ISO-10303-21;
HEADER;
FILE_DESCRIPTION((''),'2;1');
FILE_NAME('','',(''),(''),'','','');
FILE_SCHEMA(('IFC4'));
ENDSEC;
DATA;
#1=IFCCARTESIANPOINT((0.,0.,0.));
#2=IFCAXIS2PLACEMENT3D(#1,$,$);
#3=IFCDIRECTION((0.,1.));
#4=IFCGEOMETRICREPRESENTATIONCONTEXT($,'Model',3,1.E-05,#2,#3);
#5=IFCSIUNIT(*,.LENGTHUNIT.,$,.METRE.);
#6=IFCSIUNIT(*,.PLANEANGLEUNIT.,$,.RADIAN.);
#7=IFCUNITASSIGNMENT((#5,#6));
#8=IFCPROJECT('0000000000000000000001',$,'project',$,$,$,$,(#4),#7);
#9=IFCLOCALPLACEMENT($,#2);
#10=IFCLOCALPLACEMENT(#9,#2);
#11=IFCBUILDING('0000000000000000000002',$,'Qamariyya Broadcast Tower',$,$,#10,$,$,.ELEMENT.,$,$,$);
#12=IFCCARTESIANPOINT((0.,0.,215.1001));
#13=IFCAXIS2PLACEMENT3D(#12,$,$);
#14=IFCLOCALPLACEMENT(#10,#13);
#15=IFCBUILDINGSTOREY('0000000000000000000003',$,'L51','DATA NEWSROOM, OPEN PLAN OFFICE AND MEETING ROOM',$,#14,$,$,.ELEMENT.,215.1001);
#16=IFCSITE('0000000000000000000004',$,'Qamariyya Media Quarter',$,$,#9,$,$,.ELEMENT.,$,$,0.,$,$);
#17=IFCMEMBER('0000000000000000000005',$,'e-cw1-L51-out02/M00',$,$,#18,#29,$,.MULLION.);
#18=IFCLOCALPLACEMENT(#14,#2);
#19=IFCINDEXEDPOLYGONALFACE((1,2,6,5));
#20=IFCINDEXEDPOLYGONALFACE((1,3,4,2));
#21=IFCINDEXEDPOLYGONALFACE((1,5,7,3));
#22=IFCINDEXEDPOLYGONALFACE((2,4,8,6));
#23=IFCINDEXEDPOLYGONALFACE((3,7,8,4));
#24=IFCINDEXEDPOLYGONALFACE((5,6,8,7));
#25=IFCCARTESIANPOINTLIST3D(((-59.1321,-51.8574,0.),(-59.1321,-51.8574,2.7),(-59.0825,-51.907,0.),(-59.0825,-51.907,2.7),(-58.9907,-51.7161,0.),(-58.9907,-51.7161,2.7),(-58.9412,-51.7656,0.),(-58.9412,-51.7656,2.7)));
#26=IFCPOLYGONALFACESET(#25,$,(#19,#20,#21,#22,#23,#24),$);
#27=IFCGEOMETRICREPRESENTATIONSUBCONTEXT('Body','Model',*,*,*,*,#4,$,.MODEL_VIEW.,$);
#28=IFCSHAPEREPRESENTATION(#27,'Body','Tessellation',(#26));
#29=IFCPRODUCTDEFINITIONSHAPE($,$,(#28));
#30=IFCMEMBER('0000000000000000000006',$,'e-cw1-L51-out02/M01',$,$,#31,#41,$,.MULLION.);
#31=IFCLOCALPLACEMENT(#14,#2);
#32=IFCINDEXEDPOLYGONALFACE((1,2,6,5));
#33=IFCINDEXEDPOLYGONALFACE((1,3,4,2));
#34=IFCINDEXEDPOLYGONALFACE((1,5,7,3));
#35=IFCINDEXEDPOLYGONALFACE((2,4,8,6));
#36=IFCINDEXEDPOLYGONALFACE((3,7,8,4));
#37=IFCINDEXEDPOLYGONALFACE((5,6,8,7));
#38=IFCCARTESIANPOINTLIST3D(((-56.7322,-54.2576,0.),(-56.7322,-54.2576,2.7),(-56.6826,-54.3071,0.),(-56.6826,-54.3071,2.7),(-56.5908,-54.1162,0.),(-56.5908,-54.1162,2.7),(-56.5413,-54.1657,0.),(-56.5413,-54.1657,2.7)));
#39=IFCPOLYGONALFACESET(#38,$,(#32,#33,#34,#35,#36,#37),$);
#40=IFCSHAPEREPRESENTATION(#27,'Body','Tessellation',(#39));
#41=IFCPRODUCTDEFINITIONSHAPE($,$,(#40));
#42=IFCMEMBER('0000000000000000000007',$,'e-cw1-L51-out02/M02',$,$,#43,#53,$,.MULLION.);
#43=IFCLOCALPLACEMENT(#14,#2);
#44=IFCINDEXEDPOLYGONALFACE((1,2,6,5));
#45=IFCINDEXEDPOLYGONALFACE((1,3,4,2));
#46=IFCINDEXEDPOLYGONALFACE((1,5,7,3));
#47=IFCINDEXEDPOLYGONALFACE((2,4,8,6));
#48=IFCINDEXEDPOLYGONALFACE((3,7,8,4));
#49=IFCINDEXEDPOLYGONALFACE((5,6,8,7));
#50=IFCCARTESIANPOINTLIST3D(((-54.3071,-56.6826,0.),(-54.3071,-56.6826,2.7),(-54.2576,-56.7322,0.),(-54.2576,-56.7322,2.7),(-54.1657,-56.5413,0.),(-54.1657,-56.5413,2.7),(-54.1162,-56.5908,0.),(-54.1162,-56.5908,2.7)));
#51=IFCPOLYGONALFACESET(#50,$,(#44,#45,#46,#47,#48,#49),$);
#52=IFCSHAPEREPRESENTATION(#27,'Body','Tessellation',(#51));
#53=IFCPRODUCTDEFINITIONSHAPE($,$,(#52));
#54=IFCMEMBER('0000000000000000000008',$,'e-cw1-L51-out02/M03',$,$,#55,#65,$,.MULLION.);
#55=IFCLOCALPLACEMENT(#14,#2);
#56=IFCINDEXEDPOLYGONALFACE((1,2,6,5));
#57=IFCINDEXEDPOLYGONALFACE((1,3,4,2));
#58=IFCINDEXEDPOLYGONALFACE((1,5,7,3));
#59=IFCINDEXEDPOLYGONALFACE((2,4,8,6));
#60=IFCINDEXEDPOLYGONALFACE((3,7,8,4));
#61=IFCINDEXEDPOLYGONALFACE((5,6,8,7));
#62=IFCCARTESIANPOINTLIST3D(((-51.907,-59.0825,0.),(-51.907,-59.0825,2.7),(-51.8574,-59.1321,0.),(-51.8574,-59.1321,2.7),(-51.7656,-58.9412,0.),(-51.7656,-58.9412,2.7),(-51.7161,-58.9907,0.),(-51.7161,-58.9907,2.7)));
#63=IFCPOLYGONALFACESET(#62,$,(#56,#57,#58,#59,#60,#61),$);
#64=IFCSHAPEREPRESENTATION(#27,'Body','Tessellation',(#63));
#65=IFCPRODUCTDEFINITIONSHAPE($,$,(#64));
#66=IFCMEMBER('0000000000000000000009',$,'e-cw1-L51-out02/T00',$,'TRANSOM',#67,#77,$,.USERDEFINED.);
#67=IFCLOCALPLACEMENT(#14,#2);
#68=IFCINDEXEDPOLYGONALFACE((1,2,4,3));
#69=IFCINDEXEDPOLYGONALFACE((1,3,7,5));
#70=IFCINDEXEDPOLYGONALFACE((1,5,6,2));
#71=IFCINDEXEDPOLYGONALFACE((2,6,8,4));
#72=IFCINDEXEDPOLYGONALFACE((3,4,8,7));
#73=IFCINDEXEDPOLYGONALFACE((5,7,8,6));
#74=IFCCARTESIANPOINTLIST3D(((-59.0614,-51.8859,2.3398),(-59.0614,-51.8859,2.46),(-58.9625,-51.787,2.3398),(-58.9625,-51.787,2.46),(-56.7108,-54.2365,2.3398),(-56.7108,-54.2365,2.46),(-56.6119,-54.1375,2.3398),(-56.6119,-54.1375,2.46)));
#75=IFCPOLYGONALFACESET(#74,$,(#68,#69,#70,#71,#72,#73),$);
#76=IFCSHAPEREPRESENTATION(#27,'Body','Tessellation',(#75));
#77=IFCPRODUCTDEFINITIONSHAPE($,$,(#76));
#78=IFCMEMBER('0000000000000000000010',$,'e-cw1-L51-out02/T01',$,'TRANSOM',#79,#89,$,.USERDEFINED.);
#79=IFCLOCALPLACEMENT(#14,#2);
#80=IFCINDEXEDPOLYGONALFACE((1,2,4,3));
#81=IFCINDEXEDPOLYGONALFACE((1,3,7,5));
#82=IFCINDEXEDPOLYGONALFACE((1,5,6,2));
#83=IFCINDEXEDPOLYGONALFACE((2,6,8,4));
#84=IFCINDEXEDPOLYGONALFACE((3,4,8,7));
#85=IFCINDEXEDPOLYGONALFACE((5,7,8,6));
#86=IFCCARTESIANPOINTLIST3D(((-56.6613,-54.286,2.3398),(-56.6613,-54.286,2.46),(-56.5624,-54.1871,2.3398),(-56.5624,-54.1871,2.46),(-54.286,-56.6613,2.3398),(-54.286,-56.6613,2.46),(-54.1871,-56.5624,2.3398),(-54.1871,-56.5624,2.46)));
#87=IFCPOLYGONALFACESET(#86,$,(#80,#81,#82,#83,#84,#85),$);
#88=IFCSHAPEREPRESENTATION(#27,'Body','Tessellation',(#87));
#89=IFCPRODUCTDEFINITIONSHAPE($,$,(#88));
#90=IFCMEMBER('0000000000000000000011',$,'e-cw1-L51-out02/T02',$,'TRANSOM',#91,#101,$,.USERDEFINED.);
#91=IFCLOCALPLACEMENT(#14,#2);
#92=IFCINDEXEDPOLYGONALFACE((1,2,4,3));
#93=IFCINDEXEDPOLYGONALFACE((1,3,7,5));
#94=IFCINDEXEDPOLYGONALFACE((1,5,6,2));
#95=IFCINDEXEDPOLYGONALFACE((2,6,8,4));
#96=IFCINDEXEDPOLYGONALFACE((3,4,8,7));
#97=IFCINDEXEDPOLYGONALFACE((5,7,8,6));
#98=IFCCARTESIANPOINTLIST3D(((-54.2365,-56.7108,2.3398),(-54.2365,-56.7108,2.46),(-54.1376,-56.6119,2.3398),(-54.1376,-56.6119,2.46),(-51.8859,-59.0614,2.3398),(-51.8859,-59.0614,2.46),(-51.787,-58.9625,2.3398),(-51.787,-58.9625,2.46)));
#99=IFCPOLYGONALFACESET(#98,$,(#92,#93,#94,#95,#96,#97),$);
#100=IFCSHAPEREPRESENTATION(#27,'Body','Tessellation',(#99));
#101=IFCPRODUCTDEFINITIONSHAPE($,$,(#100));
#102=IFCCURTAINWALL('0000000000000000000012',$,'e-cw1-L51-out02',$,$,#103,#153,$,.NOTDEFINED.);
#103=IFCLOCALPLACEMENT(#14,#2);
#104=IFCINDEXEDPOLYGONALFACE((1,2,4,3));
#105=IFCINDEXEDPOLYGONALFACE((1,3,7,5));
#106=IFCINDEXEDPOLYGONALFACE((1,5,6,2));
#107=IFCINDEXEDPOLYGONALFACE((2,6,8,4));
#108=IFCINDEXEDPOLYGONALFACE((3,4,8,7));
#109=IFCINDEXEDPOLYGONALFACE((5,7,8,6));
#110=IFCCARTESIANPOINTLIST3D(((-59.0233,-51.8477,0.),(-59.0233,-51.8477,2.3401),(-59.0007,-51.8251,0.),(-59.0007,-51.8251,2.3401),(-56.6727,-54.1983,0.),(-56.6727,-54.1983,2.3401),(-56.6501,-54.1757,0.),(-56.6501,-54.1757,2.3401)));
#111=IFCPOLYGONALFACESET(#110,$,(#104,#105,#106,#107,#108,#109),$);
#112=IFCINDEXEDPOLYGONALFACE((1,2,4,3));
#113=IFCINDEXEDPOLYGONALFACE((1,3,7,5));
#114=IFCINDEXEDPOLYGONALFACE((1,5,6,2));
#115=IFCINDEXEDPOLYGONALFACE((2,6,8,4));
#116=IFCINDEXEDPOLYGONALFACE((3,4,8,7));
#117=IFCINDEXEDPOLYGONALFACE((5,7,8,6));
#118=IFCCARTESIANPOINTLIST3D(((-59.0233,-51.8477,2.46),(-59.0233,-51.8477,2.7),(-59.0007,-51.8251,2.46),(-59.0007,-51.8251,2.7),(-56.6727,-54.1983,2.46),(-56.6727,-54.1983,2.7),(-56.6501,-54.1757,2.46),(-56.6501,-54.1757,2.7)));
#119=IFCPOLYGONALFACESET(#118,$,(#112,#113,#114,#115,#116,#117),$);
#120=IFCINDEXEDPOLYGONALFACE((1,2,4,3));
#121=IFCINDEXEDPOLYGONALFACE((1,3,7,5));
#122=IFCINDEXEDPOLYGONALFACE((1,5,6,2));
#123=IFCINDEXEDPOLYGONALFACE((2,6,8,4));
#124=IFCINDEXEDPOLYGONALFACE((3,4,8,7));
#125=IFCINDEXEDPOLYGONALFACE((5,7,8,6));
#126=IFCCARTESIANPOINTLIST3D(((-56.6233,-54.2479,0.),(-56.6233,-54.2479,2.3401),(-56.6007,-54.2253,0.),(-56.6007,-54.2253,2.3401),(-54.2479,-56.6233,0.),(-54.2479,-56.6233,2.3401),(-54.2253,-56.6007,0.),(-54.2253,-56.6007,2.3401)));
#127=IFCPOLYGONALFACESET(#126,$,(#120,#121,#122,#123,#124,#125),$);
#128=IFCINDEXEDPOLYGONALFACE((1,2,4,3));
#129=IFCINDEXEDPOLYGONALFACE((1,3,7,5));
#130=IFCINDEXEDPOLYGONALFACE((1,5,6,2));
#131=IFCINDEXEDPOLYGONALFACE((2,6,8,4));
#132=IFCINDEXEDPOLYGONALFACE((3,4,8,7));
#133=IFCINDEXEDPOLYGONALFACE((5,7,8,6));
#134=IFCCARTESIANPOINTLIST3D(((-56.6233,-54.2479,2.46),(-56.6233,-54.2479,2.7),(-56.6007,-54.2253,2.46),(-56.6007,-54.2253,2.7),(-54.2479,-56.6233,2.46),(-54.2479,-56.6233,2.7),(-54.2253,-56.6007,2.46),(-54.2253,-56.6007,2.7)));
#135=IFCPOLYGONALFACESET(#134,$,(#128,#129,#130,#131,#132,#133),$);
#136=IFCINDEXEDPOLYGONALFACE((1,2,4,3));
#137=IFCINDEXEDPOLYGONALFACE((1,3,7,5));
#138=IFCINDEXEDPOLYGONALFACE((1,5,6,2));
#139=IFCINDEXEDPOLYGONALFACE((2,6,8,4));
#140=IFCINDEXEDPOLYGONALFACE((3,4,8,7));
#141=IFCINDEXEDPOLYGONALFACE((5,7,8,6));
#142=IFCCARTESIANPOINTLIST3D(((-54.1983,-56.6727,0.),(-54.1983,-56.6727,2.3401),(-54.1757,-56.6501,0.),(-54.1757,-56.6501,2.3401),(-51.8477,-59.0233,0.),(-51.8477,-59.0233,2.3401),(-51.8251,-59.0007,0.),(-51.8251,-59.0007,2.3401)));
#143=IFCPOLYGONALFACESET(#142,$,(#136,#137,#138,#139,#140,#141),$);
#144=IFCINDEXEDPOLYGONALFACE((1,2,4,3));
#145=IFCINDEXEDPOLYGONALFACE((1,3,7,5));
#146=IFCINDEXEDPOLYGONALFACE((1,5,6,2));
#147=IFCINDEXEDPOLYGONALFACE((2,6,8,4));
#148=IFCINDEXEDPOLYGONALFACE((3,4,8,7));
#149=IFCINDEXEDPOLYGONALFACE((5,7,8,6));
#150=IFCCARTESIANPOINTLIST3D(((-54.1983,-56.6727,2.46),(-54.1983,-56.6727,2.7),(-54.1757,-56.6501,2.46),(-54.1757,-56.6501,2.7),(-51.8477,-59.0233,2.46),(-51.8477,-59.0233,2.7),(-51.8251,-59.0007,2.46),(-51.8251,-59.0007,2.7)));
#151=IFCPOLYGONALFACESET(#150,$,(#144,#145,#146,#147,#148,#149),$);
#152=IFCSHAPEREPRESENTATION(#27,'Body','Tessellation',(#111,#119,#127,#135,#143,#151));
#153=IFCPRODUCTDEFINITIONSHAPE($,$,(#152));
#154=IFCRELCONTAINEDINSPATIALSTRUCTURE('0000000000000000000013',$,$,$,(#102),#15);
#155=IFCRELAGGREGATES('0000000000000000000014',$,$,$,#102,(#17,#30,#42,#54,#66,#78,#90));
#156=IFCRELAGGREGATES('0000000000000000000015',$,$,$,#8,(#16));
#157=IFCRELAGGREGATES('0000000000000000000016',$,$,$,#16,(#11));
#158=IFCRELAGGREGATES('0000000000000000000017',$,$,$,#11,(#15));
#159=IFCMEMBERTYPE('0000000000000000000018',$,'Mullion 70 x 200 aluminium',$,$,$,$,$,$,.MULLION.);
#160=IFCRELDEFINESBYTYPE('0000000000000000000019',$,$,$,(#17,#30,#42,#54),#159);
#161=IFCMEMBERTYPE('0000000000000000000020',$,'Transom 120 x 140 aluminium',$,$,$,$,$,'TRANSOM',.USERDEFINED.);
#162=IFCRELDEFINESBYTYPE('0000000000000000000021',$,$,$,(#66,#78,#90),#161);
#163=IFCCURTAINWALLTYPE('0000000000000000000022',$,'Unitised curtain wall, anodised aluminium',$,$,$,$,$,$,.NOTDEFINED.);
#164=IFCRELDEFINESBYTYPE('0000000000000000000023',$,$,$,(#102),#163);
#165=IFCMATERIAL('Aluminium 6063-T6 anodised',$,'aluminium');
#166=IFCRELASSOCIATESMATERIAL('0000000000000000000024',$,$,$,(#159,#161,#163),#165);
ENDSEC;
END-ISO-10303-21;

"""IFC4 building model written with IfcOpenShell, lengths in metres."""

from ifc_helpers import new_model, si_unit, direction, frame, origin, origin_2d, place, context, subcontext, project, spatial, rectangle, extrude, material, material_profile, profile_set, type_object, element, aggregate, save


model = new_model("IFC4")

# Units and contexts
model_context = context("Model", 3, precision=1e-05, world=origin(), true_north=direction((0.0, 1.0)))
body_context = subcontext(model_context, "Body", "Model", "MODEL_VIEW")
ifc_project = project(units=[si_unit("LENGTHUNIT", "METRE"), si_unit("PLANEANGLEUNIT", "RADIAN")], contexts=[model_context])

# Members
ifc_material = material(Name="Aluminium 6063-T6 anodised", Category="aluminium")
ifc_material_profile_1 = material_profile(ifc_material, rectangle(XDim=0.2, YDim=0.0701, at=origin_2d()))
ifc_profile_set_1 = profile_set([ifc_material_profile_1], Name="Aluminium 6063-T6 anodised")
member_type_1 = type_object("IfcMemberType", Name="Mullion 70 x 200 aluminium", PredefinedType="MULLION", material=ifc_profile_set_1)
site_placement = place(None, origin())
building_placement = place(site_placement, origin())
storey_placement = place(building_placement, frame((0.0, 0.0, 215.1001)))
member_1_placement = place(storey_placement, frame((-59.0366, -51.8115, 0.0), z_axis=(0.0, 0.0, 1.0), x_axis=(0.707107, 0.707107, 0.0)))
member_1 = element("IfcMember", 1, at=member_1_placement, type_object=member_type_1, Name="e-cw1-L51-out02/M00", PredefinedType="MULLION", context=body_context, shape_type="SweptSolid", body=[
    extrude(rectangle(XDim=0.2, YDim=0.0701, at=origin_2d()), origin(), (0.0, 0.0, 1.0), 2.7),
])
member_2_placement = place(storey_placement, frame((-56.6367, -54.2117, 0.0), z_axis=(0.0, 0.0, 1.0), x_axis=(0.707107, 0.707107, 0.0)))
member_2 = element("IfcMember", 2, at=member_2_placement, type_object=member_type_1, Name="e-cw1-L51-out02/M01", PredefinedType="MULLION", context=body_context, shape_type="SweptSolid", body=[
    extrude(rectangle(XDim=0.2, YDim=0.0701, at=origin_2d()), origin(), (0.0, 0.0, 1.0), 2.7),
])
member_3_placement = place(storey_placement, frame((-54.2117, -56.6367, 0.0), z_axis=(0.0, 0.0, 1.0), x_axis=(0.707107, 0.707107, 0.0)))
member_3 = element("IfcMember", 3, at=member_3_placement, type_object=member_type_1, Name="e-cw1-L51-out02/M02", PredefinedType="MULLION", context=body_context, shape_type="SweptSolid", body=[
    extrude(rectangle(XDim=0.2, YDim=0.0701, at=origin_2d()), origin(), (0.0, 0.0, 1.0), 2.7),
])
member_4_placement = place(storey_placement, frame((-51.8115, -59.0366, 0.0), z_axis=(0.0, 0.0, 1.0), x_axis=(0.707107, 0.707107, 0.0)))
member_4 = element("IfcMember", 4, at=member_4_placement, type_object=member_type_1, Name="e-cw1-L51-out02/M03", PredefinedType="MULLION", context=body_context, shape_type="SweptSolid", body=[
    extrude(rectangle(XDim=0.2, YDim=0.0701, at=origin_2d()), origin(), (0.0, 0.0, 1.0), 2.7),
])
ifc_material_profile_2 = material_profile(ifc_material, rectangle(XDim=0.1399, YDim=0.1201, at=origin_2d()))
ifc_profile_set_2 = profile_set([ifc_material_profile_2], Name="Aluminium 6063-T6 anodised")
member_type_2 = type_object("IfcMemberType", Name="Transom 120 x 140 aluminium", ElementType="TRANSOM", PredefinedType="USERDEFINED", material=ifc_profile_set_2)
member_5_placement = place(storey_placement, frame((-59.012, -51.8364, 2.3999), z_axis=(0.707107, -0.707107, 0.0), x_axis=(0.707107, 0.707107, 0.0)))
member_5 = element("IfcMember", 5, at=member_5_placement, type_object=member_type_2, Name="e-cw1-L51-out02/T00", ObjectType="TRANSOM", PredefinedType="USERDEFINED", context=body_context, shape_type="SweptSolid", body=[
    extrude(rectangle(XDim=0.1399, YDim=0.1201, at=origin_2d()), origin(), (0.0, 0.0, 1.0), 3.3242),
])
member_6_placement = place(storey_placement, frame((-56.6118, -54.2366, 2.3999), z_axis=(0.707107, -0.707107, 0.0), x_axis=(0.707107, 0.707107, 0.0)))
member_6 = element("IfcMember", 6, at=member_6_placement, type_object=member_type_2, Name="e-cw1-L51-out02/T01", ObjectType="TRANSOM", PredefinedType="USERDEFINED", context=body_context, shape_type="SweptSolid", body=[
    extrude(rectangle(XDim=0.1399, YDim=0.1201, at=origin_2d()), origin(), (0.0, 0.0, 1.0), 3.3591),
])
member_7_placement = place(storey_placement, frame((-54.187, -56.6614, 2.3999), z_axis=(0.707107, -0.707107, 0.0), x_axis=(0.707107, 0.707107, 0.0)))
member_7 = element("IfcMember", 7, at=member_7_placement, type_object=member_type_2, Name="e-cw1-L51-out02/T02", ObjectType="TRANSOM", PredefinedType="USERDEFINED", context=body_context, shape_type="SweptSolid", body=[
    extrude(rectangle(XDim=0.1399, YDim=0.1201, at=origin_2d()), origin(), (0.0, 0.0, 1.0), 3.3242),
])

# Site, building, storey
site = spatial("IfcSite", under=ifc_project, at=site_placement, Name="Qamariyya Media Quarter", CompositionType="ELEMENT", RefElevation=0.0)
building = spatial("IfcBuilding", under=site, at=building_placement, Name="Qamariyya Broadcast Tower", CompositionType="ELEMENT")
storey = spatial("IfcBuildingStorey", under=building, at=storey_placement, Name="L51", Description="DATA NEWSROOM, OPEN PLAN OFFICE AND MEETING ROOM", CompositionType="ELEMENT", Elevation=215.1001)

# Curtain wall
curtain_wall_type = type_object("IfcCurtainWallType", Name="Unitised curtain wall, anodised aluminium", PredefinedType="NOTDEFINED", material=ifc_material)
curtain_wall_1_placement = place(storey_placement, origin())
curtain_wall_1 = element("IfcCurtainWall", 8, at=curtain_wall_1_placement, inside=storey, type_object=curtain_wall_type, Name="e-cw1-L51-out02", PredefinedType="NOTDEFINED", context=body_context, shape_type="SweptSolid", body=[
    extrude(rectangle(XDim=3.3242, YDim=0.032, at=origin_2d()), frame((-57.8367, -53.0117, 0.0), x_axis=(0.707107, -0.707107, 0.0)), (0.0, 0.0, 1.0), 2.3401),
    extrude(rectangle(XDim=3.3242, YDim=0.032, at=origin_2d()), frame((-57.8367, -53.0117, 2.46), x_axis=(0.707107, -0.707107, 0.0)), (0.0, 0.0, 1.0), 0.24),
    extrude(rectangle(XDim=3.3594, YDim=0.032, at=origin_2d()), frame((-55.4243, -55.4243, 0.0), x_axis=(0.707107, -0.707107, 0.0)), (0.0, 0.0, 1.0), 2.3401),
    extrude(rectangle(XDim=3.3594, YDim=0.032, at=origin_2d()), frame((-55.4243, -55.4243, 2.46), x_axis=(0.707107, -0.707107, 0.0)), (0.0, 0.0, 1.0), 0.24),
    extrude(rectangle(XDim=3.3242, YDim=0.032, at=origin_2d()), frame((-53.0117, -57.8367, 0.0), x_axis=(0.707107, -0.707107, 0.0)), (0.0, 0.0, 1.0), 2.3401),
    extrude(rectangle(XDim=3.3242, YDim=0.032, at=origin_2d()), frame((-53.0117, -57.8367, 2.46), x_axis=(0.707107, -0.707107, 0.0)), (0.0, 0.0, 1.0), 0.24),
])
aggregate(curtain_wall_1, [member_1, member_2, member_3, member_4, member_5, member_6, member_7])

save(model, "model.ifc")
